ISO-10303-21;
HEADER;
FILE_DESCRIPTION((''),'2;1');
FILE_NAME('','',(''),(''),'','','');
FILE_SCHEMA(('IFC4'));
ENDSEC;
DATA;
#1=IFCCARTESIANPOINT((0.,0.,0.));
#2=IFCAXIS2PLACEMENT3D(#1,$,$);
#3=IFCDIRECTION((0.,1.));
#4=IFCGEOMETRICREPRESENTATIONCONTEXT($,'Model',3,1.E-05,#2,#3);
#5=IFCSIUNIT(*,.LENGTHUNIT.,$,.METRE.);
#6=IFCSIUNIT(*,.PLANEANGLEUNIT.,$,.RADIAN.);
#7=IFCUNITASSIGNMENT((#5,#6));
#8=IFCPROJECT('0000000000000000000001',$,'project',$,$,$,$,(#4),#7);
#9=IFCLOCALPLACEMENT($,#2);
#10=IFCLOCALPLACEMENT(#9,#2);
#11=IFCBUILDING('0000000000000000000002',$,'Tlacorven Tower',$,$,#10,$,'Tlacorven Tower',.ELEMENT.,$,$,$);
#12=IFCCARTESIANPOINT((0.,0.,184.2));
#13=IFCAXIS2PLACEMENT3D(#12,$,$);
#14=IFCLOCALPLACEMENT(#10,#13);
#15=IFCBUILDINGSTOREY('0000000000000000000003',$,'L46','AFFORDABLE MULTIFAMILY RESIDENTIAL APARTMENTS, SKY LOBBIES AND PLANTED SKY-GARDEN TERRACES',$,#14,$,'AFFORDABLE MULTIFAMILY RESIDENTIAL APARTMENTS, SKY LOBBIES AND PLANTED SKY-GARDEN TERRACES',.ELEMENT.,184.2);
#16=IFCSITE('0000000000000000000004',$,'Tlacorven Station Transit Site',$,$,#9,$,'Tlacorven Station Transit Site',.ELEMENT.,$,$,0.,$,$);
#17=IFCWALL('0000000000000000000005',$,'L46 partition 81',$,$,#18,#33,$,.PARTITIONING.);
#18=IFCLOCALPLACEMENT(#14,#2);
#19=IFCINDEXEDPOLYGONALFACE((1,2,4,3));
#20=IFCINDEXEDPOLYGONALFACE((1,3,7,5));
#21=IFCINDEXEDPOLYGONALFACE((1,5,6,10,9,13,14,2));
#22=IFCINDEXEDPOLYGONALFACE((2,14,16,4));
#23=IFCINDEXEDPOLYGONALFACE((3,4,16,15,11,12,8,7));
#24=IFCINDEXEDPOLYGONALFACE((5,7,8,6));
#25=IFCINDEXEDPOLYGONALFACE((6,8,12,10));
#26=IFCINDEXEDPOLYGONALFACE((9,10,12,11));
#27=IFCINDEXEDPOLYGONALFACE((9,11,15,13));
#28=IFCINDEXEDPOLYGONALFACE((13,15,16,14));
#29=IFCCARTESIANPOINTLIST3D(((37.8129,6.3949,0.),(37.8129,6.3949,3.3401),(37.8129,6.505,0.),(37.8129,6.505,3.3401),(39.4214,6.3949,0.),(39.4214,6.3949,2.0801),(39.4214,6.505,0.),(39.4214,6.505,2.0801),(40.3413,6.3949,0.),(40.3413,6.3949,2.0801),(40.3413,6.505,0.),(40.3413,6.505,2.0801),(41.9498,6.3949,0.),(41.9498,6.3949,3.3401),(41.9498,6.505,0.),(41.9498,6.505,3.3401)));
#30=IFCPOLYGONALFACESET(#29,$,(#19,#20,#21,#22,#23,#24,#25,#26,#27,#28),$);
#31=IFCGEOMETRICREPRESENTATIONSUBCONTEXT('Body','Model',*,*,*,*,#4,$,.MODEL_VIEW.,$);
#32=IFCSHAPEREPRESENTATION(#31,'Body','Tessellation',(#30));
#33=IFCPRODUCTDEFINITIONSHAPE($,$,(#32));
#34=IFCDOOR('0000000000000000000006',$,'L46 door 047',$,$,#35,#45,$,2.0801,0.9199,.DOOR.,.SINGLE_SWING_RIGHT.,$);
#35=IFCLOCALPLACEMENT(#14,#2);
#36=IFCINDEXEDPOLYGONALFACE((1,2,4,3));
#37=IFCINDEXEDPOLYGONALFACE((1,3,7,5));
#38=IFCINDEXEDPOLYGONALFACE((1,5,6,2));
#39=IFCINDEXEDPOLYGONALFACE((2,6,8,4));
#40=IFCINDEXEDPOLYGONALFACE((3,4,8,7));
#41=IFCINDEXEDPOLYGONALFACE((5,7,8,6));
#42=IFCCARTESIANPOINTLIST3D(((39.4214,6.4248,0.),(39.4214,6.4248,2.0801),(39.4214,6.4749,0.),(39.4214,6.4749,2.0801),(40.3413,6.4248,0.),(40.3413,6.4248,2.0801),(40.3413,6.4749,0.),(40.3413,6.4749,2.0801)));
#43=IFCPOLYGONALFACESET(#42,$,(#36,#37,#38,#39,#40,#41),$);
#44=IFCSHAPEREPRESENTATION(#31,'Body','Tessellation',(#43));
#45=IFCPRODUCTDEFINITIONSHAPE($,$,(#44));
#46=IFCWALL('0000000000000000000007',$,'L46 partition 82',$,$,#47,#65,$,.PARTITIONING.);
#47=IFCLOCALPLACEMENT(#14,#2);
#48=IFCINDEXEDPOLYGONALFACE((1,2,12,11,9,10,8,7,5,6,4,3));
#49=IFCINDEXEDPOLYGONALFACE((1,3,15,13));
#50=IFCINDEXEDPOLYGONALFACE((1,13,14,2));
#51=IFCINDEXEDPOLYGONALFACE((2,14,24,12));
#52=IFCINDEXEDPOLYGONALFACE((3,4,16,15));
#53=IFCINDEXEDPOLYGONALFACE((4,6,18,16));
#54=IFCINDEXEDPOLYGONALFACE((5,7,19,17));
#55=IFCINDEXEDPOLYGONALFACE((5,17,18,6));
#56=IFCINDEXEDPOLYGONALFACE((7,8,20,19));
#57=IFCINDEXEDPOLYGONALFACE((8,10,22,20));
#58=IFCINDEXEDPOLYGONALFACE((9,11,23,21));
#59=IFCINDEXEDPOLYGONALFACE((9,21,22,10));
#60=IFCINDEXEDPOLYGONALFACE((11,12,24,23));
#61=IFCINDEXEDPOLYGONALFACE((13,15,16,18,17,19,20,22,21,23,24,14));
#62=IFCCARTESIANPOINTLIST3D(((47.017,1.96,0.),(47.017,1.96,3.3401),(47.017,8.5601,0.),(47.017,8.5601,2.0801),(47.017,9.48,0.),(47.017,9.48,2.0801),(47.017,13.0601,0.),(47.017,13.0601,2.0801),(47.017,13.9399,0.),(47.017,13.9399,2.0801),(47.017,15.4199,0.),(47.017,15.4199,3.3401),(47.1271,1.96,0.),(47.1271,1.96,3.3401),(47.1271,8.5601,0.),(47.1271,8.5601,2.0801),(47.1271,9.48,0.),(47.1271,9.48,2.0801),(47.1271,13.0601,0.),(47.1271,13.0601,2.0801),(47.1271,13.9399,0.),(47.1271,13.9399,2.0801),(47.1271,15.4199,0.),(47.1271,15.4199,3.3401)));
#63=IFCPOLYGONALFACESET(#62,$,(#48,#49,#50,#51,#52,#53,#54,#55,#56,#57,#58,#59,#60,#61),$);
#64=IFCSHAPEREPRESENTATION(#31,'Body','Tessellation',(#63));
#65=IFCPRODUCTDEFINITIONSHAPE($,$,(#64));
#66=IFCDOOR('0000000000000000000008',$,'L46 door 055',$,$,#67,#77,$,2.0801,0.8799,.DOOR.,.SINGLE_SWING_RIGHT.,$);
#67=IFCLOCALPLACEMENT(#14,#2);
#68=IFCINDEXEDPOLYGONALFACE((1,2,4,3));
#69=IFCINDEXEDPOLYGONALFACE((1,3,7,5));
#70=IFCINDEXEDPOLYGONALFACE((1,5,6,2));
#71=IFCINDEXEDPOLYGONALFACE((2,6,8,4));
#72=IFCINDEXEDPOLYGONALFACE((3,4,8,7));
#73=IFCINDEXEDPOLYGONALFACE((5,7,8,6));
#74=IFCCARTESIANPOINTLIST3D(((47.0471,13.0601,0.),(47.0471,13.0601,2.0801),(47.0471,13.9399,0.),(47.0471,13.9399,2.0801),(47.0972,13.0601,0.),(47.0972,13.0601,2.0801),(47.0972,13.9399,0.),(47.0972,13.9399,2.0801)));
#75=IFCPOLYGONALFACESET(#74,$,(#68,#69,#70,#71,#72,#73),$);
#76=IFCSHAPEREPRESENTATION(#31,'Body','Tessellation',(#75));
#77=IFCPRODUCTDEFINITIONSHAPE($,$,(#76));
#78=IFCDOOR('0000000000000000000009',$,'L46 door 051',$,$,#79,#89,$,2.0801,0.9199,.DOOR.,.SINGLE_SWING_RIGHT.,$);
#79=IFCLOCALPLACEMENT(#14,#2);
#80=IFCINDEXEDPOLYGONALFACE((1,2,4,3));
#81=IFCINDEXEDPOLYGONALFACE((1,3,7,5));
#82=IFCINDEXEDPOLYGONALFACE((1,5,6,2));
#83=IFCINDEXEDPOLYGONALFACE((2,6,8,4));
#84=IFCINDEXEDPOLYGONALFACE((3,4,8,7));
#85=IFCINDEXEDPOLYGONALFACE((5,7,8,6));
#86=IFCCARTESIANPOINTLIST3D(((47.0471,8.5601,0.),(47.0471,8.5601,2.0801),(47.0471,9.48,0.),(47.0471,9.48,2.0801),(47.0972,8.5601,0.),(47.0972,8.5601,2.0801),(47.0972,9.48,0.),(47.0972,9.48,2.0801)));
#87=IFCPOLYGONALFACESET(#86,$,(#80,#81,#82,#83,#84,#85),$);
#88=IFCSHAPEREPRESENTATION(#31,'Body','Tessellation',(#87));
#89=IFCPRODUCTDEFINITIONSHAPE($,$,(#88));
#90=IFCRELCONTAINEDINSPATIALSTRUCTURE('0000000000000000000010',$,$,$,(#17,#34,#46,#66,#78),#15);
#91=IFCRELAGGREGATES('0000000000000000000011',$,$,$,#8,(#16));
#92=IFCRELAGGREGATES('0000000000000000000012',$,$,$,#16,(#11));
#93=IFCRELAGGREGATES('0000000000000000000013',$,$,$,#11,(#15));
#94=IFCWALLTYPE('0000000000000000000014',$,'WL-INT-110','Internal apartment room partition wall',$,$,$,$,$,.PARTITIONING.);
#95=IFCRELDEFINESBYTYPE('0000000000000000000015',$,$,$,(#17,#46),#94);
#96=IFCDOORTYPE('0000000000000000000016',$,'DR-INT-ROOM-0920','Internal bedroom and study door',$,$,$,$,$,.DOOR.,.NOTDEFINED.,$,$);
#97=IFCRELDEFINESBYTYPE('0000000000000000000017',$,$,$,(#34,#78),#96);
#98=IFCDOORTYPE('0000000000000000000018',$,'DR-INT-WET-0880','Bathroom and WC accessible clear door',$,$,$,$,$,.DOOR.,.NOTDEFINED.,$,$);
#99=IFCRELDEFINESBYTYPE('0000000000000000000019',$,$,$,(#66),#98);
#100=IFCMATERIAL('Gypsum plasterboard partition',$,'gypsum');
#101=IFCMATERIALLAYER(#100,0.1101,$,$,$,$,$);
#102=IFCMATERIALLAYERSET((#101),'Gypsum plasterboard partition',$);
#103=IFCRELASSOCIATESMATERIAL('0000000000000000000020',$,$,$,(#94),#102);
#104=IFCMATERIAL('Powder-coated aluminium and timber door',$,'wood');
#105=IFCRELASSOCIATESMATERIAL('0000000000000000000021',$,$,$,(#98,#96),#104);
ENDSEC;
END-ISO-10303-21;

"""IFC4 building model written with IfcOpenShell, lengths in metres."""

from ifc_helpers import new_model, si_unit, direction, frame, frame_2d, origin, place, context, subcontext, project, spatial, rectangle, extrude, source, transform, mapped, material, layer, layer_set, type_object, element, fill, save


model = new_model("IFC4")

# Units and contexts
model_context = context("Model", 3, precision=1e-05, world=origin(), true_north=direction((0.0, 1.0)))
body_context = subcontext(model_context, "Body", "Model", "MODEL_VIEW")
ifc_project = project(units=[si_unit("LENGTHUNIT", "METRE"), si_unit("PLANEANGLEUNIT", "RADIAN")], contexts=[model_context])

# Site, building, storey
site_placement = place(None, origin())
site = spatial("IfcSite", under=ifc_project, at=site_placement, Name="Tlacorven Station Transit Site", LongName="Tlacorven Station Transit Site", CompositionType="ELEMENT", RefElevation=0.0)
building_placement = place(site_placement, origin())
building = spatial("IfcBuilding", under=site, at=building_placement, Name="Tlacorven Tower", LongName="Tlacorven Tower", CompositionType="ELEMENT")
storey_placement = place(building_placement, frame((0.0, 0.0, 184.2)))
storey = spatial("IfcBuildingStorey", under=building, at=storey_placement, Name="L46", Description="AFFORDABLE MULTIFAMILY RESIDENTIAL APARTMENTS, SKY LOBBIES AND PLANTED SKY-GARDEN TERRACES", LongName="AFFORDABLE MULTIFAMILY RESIDENTIAL APARTMENTS, SKY LOBBIES AND PLANTED SKY-GARDEN TERRACES", CompositionType="ELEMENT", Elevation=184.2)

# Shared definitions
ifc_material_1 = material(Name="Gypsum plasterboard partition", Category="gypsum")
ifc_layer_1 = layer(ifc_material_1, 0.1101)
ifc_layer_set_1 = layer_set([ifc_layer_1], Name="Gypsum plasterboard partition")
wall_type_1 = type_object("IfcWallType", Name="WL-INT-110", Description="Internal apartment room partition wall", PredefinedType="PARTITIONING", material=ifc_layer_set_1)
ifc_material_2 = material(Name="Powder-coated aluminium and timber door", Category="wood")
door_type_1 = type_object("IfcDoorType", Name="DR-INT-WET-0880", Description="Bathroom and WC accessible clear door", OperationType="NOTDEFINED", PredefinedType="DOOR", material=ifc_material_2)
shared_shape_1 = source(origin(), body_context, "Body", "SweptSolid", [
    extrude(rectangle(XDim=0.8799, YDim=2.0801, at=frame_2d((0.4399, 1.04))), frame((0.0, 0.0249, 0.0), z_axis=(0.0, -1.0, 0.0), x_axis=(1.0, 0.0, 0.0)), (0.0, 0.0, 1.0), 0.05),
])
door_type_2 = type_object("IfcDoorType", Name="DR-INT-ROOM-0920", Description="Internal bedroom and study door", OperationType="NOTDEFINED", PredefinedType="DOOR", material=ifc_material_2)
shared_shape_2 = source(origin(), body_context, "Body", "SweptSolid", [
    extrude(rectangle(XDim=0.9199, YDim=2.0801, at=frame_2d((0.46, 1.04))), frame((0.0, 0.0249, 0.0), z_axis=(0.0, -1.0, 0.0), x_axis=(1.0, 0.0, 0.0)), (0.0, 0.0, 1.0), 0.05),
])

# Wall, opening, door
wall_1_placement = place(storey_placement, frame((37.813, 6.45, 0.0), z_axis=(0.0, 0.0, 1.0), x_axis=(1.0, 0.0, 0.0)))
wall_1 = element("IfcWall", 1, at=wall_1_placement, inside=storey, type_object=wall_type_1, Name="L46 partition 81", PredefinedType="PARTITIONING", context=body_context, shape_type="SweptSolid", body=[
    extrude(rectangle(XDim=4.137, YDim=0.1101, at=frame_2d((2.0684, 0.0))), origin(), (0.0, 0.0, 1.0), 3.3401),
])
opening_1_placement = place(wall_1_placement, frame((1.6084, 0.0, 0.0)))
opening_1 = element("IfcOpeningElement", 2, at=opening_1_placement, cuts=wall_1, PredefinedType="OPENING", context=body_context, shape_type="SweptSolid", body=[
    extrude(rectangle(XDim=0.9199, YDim=2.0801, at=frame_2d((0.46, 1.04))), frame((0.0, 0.0649, 0.0), z_axis=(0.0, -1.0, 0.0), x_axis=(1.0, 0.0, 0.0)), (0.0, 0.0, 1.0), 0.1301),
])
door_1_placement = place(opening_1_placement, origin())
door_1 = element("IfcDoor", 3, at=door_1_placement, inside=storey, type_object=door_type_2, Name="L46 door 047", OperationType="SINGLE_SWING_RIGHT", OverallHeight=2.0801, OverallWidth=0.9199, PredefinedType="DOOR", context=body_context, shape_type="MappedRepresentation", body=[
    mapped(shared_shape_2, transform((0.0, 0.0, 0.0), scale=1.0)),
])
fill(opening_1, door_1)

# Wall, openings, doors
wall_2_placement = place(storey_placement, frame((47.072, 1.96, 0.0), z_axis=(0.0, 0.0, 1.0), x_axis=(0.0, 1.0, 0.0)))
wall_2 = element("IfcWall", 4, at=wall_2_placement, inside=storey, type_object=wall_type_1, Name="L46 partition 82", PredefinedType="PARTITIONING", context=body_context, shape_type="SweptSolid", body=[
    extrude(rectangle(XDim=13.46, YDim=0.1101, at=frame_2d((6.73, 0.0))), origin(), (0.0, 0.0, 1.0), 3.3401),
])
opening_2_placement = place(wall_2_placement, frame((6.6001, 0.0, 0.0)))
opening_2 = element("IfcOpeningElement", 5, at=opening_2_placement, cuts=wall_2, PredefinedType="OPENING", context=body_context, shape_type="SweptSolid", body=[
    extrude(rectangle(XDim=0.9199, YDim=2.0801, at=frame_2d((0.46, 1.04))), frame((0.0, 0.0649, 0.0), z_axis=(0.0, -1.0, 0.0), x_axis=(1.0, 0.0, 0.0)), (0.0, 0.0, 1.0), 0.1301),
])
opening_3_placement = place(wall_2_placement, frame((11.1001, 0.0, 0.0)))
opening_3 = element("IfcOpeningElement", 6, at=opening_3_placement, cuts=wall_2, PredefinedType="OPENING", context=body_context, shape_type="SweptSolid", body=[
    extrude(rectangle(XDim=0.8799, YDim=2.0801, at=frame_2d((0.4399, 1.04))), frame((0.0, 0.0649, 0.0), z_axis=(0.0, -1.0, 0.0), x_axis=(1.0, 0.0, 0.0)), (0.0, 0.0, 1.0), 0.1301),
])
door_2_placement = place(opening_3_placement, origin())
door_2 = element("IfcDoor", 7, at=door_2_placement, inside=storey, type_object=door_type_1, Name="L46 door 055", OperationType="SINGLE_SWING_RIGHT", OverallHeight=2.0801, OverallWidth=0.8799, PredefinedType="DOOR", context=body_context, shape_type="MappedRepresentation", body=[
    mapped(shared_shape_1, transform((0.0, 0.0, 0.0), scale=1.0)),
])
fill(opening_3, door_2)
door_3_placement = place(opening_2_placement, origin())
door_3 = element("IfcDoor", 8, at=door_3_placement, inside=storey, type_object=door_type_2, Name="L46 door 051", OperationType="SINGLE_SWING_RIGHT", OverallHeight=2.0801, OverallWidth=0.9199, PredefinedType="DOOR", context=body_context, shape_type="MappedRepresentation", body=[
    mapped(shared_shape_2, transform((0.0, 0.0, 0.0), scale=1.0)),
])
fill(opening_2, door_3)

save(model, "model.ifc")
